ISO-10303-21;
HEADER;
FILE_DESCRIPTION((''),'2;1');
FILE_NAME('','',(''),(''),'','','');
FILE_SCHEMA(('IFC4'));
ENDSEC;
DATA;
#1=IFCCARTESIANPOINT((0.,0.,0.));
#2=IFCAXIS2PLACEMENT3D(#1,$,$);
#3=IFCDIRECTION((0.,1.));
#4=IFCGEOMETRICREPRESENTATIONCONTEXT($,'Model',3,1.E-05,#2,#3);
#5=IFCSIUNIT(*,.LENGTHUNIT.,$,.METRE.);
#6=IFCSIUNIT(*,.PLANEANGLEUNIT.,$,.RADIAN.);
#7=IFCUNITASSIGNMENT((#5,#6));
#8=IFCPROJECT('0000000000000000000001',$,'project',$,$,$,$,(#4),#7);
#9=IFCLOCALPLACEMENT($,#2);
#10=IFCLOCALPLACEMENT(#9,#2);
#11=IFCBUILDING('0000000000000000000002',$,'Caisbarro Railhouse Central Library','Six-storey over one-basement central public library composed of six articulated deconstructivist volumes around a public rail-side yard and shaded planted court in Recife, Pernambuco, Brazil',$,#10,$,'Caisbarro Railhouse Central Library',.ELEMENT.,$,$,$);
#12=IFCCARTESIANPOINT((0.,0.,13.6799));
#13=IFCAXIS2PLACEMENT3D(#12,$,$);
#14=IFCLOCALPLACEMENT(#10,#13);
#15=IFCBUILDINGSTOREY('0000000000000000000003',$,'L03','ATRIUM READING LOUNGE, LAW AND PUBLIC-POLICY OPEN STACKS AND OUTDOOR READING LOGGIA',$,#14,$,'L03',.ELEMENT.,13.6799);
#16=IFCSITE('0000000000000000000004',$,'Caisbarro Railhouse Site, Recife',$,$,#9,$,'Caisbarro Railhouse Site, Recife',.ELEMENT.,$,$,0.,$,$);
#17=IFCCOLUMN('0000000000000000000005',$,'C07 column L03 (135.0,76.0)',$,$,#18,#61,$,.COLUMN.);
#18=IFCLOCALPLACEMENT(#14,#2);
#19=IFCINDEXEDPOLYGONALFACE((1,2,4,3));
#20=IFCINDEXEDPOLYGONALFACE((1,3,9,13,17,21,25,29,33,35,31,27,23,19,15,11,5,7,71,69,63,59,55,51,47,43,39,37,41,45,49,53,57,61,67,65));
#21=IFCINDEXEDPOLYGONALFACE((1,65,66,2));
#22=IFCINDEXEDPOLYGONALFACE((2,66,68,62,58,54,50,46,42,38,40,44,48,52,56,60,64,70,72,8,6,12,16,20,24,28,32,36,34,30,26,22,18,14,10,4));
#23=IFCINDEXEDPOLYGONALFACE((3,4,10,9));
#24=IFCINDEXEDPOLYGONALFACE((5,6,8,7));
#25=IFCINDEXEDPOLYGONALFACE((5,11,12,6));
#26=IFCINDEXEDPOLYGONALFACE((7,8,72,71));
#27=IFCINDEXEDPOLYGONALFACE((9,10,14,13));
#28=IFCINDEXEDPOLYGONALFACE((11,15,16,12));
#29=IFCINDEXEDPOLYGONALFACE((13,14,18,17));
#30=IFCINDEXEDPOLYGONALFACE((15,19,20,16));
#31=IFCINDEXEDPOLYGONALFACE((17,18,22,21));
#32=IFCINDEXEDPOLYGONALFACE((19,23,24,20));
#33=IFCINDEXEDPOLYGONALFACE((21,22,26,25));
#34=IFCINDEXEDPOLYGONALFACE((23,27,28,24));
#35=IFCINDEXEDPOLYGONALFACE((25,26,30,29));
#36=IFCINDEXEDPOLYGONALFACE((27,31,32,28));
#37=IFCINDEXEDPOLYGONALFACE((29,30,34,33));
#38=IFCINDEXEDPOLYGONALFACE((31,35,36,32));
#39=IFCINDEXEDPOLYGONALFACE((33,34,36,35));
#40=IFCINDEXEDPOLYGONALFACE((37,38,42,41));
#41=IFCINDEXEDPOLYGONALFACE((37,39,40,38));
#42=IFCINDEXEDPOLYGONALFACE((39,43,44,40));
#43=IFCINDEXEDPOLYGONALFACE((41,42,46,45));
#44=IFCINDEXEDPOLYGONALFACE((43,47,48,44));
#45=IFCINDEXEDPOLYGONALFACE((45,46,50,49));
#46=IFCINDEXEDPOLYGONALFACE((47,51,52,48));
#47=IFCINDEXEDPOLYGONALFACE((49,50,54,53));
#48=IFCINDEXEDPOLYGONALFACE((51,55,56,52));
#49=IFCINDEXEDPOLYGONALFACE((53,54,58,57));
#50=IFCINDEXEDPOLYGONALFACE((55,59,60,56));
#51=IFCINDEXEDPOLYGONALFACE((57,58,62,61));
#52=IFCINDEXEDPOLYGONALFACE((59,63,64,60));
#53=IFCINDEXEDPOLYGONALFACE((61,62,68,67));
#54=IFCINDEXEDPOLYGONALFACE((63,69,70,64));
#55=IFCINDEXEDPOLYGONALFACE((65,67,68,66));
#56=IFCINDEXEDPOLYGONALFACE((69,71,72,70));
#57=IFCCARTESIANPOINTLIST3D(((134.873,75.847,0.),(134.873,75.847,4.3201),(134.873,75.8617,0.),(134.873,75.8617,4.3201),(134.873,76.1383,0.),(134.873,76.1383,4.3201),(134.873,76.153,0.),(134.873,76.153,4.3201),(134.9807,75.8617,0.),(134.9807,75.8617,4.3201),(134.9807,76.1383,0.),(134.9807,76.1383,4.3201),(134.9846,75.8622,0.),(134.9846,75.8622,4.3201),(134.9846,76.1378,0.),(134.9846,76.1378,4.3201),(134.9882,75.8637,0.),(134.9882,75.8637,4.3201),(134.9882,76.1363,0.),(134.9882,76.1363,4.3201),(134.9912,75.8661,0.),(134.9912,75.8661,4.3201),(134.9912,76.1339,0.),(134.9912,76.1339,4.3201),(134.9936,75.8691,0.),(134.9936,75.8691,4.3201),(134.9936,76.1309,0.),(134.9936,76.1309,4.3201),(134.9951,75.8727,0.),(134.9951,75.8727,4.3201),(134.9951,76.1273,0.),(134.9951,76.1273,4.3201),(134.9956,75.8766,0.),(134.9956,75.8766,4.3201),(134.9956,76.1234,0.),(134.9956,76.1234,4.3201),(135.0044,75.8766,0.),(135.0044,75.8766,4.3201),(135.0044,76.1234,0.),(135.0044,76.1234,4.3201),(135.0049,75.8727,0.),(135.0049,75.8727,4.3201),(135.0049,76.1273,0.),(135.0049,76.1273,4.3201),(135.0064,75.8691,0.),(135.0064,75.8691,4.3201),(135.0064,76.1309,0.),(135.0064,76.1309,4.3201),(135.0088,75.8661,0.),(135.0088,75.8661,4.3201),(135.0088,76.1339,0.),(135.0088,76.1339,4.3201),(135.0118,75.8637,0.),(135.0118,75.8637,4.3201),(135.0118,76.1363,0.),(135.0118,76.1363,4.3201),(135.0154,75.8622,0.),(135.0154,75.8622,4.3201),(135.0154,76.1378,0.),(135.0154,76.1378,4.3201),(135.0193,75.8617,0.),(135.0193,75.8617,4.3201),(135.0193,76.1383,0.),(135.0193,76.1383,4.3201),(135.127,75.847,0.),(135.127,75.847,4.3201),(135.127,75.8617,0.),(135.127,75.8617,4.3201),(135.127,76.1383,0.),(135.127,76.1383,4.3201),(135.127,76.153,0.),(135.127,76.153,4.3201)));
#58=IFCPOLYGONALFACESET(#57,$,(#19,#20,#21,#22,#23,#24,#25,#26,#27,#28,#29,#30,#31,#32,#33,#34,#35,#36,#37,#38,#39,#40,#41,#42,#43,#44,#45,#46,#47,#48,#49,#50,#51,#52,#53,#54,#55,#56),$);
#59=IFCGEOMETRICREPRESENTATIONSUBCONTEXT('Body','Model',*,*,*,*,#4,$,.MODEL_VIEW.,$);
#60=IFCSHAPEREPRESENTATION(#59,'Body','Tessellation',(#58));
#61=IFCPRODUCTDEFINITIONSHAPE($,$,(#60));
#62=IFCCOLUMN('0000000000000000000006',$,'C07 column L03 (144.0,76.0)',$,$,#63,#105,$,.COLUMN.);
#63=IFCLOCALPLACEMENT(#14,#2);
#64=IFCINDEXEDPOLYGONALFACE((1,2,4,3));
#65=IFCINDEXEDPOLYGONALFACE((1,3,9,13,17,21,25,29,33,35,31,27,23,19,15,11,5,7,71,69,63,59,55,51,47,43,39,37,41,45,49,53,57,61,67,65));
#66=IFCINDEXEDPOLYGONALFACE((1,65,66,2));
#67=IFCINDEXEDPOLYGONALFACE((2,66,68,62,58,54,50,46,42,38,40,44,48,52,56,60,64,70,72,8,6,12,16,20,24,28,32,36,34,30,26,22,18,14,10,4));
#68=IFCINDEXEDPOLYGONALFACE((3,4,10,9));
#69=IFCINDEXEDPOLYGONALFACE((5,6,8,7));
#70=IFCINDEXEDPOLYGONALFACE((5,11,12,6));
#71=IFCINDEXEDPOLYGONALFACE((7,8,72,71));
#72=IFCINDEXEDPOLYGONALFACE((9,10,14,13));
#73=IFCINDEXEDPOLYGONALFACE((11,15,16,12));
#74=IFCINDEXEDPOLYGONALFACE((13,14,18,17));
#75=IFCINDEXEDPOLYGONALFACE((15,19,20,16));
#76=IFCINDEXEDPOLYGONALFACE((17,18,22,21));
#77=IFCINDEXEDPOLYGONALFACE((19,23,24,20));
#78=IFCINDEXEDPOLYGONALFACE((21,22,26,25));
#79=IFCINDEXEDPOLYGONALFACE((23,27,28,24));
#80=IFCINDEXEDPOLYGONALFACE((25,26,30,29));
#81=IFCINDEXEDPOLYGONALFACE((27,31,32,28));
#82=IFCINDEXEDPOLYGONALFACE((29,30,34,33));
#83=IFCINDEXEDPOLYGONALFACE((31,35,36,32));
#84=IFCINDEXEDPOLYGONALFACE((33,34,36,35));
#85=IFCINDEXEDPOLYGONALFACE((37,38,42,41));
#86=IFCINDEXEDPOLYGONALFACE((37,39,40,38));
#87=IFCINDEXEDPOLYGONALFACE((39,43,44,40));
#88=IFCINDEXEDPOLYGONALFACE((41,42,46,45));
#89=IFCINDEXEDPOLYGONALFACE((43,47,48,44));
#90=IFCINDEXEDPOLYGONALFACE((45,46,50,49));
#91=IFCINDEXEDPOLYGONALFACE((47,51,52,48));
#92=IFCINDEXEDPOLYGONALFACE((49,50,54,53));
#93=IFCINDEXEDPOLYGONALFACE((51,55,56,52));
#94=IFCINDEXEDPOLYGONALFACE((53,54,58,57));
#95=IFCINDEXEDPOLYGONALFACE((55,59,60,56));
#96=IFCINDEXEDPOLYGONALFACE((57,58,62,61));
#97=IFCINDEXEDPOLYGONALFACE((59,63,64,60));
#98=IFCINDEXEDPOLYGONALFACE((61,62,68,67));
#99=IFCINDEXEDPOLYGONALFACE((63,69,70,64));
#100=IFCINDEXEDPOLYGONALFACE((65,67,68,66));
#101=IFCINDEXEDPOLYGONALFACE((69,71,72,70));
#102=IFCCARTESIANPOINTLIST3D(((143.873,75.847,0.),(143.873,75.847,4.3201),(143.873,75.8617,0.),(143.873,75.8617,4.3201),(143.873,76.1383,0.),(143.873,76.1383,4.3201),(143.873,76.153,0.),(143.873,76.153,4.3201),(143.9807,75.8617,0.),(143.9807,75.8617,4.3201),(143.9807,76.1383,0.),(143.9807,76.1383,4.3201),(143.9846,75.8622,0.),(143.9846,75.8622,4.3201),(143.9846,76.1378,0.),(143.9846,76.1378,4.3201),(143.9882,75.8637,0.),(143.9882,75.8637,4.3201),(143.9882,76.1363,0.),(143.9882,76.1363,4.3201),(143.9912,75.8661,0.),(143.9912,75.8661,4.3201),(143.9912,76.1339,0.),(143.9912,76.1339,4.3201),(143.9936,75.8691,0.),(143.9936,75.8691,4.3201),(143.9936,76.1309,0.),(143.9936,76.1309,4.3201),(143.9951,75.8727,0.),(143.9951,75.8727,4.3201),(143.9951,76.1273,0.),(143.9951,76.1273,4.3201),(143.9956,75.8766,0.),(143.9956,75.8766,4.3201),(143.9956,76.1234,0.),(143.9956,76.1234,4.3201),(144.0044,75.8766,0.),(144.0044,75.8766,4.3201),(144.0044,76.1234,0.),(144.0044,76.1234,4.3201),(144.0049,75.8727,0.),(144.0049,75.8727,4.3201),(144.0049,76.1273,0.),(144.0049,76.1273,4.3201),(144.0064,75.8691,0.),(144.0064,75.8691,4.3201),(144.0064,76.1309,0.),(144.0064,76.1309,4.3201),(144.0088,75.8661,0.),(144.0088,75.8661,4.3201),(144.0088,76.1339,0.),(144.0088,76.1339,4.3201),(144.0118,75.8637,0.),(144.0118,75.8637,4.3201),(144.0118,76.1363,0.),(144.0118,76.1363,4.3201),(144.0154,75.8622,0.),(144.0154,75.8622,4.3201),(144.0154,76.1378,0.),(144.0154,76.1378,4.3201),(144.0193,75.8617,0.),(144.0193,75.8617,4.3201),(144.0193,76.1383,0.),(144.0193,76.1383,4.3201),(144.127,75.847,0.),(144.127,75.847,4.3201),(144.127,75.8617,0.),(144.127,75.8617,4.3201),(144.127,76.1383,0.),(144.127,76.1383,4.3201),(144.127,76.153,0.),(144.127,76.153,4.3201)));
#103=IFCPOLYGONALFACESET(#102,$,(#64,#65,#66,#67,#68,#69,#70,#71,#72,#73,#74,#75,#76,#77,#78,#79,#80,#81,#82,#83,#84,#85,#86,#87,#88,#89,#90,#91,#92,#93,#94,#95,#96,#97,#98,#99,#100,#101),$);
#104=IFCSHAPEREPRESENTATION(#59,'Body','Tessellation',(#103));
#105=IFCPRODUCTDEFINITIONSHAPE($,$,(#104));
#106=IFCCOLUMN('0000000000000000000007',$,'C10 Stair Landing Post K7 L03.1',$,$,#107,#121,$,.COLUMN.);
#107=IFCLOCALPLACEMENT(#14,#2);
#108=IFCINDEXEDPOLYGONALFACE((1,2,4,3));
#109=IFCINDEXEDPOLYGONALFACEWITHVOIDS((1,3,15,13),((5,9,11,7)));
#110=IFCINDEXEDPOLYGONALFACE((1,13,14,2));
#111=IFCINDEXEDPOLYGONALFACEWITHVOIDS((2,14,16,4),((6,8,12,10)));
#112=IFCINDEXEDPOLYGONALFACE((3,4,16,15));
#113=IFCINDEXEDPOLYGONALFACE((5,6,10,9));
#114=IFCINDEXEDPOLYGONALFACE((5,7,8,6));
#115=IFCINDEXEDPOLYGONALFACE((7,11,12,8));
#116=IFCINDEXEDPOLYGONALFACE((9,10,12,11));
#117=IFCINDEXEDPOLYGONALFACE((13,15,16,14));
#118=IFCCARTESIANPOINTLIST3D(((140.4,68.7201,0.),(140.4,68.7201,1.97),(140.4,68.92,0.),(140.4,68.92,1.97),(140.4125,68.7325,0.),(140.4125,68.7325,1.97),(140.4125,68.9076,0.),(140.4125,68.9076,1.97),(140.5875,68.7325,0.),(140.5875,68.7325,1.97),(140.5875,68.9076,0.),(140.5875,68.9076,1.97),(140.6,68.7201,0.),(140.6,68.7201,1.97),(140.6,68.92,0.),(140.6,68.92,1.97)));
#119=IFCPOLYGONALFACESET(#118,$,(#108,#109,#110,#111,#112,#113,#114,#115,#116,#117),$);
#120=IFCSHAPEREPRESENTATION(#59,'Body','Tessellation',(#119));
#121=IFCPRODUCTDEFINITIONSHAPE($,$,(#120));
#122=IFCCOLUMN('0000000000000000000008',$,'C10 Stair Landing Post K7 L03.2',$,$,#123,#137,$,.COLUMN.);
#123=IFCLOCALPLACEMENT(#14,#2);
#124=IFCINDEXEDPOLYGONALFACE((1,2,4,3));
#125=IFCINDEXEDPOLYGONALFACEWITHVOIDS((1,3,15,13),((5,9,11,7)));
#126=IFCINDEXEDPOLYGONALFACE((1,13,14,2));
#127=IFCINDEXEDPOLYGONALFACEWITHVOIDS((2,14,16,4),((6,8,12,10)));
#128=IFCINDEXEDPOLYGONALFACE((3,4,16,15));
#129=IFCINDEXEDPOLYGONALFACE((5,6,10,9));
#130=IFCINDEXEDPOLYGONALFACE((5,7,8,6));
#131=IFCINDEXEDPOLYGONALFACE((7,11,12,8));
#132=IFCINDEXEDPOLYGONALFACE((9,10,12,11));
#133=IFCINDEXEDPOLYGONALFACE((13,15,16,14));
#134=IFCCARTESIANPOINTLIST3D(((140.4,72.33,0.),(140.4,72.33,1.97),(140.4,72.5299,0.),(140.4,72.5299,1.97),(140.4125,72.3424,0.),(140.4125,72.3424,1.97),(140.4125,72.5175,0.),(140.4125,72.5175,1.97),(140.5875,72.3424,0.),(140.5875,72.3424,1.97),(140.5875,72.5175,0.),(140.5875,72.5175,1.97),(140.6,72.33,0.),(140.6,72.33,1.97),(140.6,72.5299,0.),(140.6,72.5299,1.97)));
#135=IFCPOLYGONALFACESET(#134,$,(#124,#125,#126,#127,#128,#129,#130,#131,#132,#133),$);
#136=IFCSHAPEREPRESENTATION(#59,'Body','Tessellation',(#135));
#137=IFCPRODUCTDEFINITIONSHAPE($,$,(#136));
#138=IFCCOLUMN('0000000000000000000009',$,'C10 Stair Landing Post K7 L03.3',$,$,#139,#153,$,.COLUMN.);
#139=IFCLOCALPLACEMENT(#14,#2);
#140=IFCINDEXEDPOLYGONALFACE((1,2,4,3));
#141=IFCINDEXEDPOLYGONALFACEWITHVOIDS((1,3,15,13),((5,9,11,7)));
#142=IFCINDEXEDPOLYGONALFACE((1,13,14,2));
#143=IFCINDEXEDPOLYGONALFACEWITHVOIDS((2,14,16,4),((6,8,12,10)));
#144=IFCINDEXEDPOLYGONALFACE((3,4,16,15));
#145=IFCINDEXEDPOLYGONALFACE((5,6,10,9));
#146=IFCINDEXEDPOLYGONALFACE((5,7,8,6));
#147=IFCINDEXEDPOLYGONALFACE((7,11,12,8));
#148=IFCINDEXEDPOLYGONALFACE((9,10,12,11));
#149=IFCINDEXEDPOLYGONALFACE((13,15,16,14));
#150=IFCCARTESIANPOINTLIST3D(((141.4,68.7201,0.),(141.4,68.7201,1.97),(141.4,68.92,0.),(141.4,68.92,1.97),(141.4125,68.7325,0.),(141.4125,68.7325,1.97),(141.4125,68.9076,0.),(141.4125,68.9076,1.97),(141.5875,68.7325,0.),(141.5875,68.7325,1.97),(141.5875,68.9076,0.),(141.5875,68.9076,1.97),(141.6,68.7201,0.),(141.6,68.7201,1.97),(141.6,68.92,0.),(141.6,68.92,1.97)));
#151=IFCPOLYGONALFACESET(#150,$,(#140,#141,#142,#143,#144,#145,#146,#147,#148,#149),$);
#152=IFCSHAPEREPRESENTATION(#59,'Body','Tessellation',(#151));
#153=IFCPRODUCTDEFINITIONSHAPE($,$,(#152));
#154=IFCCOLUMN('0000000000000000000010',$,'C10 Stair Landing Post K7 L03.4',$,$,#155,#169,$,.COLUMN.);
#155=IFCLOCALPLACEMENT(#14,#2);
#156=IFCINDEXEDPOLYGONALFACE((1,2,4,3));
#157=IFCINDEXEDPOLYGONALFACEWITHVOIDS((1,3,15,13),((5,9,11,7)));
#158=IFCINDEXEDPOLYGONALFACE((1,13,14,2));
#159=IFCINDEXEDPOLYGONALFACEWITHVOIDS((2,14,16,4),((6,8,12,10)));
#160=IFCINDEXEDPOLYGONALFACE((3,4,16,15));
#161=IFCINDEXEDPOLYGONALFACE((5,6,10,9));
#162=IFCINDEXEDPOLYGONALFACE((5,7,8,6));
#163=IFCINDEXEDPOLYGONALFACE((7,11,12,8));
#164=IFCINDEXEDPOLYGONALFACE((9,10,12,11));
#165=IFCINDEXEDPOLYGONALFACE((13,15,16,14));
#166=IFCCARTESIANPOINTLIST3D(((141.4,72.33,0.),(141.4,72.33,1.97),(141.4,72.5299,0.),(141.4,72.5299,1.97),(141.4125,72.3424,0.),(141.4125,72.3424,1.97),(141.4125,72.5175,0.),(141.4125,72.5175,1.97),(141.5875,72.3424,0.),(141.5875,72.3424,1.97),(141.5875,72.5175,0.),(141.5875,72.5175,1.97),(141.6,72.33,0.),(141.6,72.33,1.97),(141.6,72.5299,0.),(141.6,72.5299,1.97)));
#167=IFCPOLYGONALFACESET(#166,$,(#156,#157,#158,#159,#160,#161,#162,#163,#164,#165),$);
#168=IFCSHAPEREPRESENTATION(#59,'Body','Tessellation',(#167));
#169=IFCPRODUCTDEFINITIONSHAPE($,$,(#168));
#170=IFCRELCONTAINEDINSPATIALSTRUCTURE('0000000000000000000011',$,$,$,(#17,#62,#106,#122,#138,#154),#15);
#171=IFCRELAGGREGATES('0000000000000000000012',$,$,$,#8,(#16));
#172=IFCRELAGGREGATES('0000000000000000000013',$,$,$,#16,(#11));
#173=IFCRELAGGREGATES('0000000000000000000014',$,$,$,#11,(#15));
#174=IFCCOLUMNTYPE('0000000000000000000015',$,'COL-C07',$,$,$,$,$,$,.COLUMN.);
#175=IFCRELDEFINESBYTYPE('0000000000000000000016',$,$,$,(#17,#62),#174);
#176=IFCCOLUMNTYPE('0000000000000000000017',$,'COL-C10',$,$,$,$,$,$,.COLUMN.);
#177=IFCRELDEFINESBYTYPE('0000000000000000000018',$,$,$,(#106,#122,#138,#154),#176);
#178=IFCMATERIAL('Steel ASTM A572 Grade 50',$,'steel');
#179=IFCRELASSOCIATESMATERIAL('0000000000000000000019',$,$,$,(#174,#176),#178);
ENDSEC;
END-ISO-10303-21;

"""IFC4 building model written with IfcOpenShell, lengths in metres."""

from ifc_helpers import new_model, si_unit, direction, frame, origin, origin_2d, place, context, subcontext, project, spatial, hollow_rectangle, i_section, extrude, material, material_profile, profile_set, type_object, element, save


model = new_model("IFC4")

# Units and contexts
model_context = context("Model", 3, precision=1e-05, world=origin(), true_north=direction((0.0, 1.0)))
body_context = subcontext(model_context, "Body", "Model", "MODEL_VIEW")
ifc_project = project(units=[si_unit("LENGTHUNIT", "METRE"), si_unit("PLANEANGLEUNIT", "RADIAN")], contexts=[model_context])

# Site, building, storey
site_placement = place(None, origin())
site = spatial("IfcSite", under=ifc_project, at=site_placement, Name="Caisbarro Railhouse Site, Recife", LongName="Caisbarro Railhouse Site, Recife", CompositionType="ELEMENT", RefElevation=0.0)
building_placement = place(site_placement, origin())
building = spatial("IfcBuilding", under=site, at=building_placement, Name="Caisbarro Railhouse Central Library", Description="Six-storey over one-basement central public library composed of six articulated deconstructivist volumes around a public rail-side yard and shaded planted court in Recife, Pernambuco, Brazil", LongName="Caisbarro Railhouse Central Library", CompositionType="ELEMENT")
storey_placement = place(building_placement, frame((0.0, 0.0, 13.6799)))
storey = spatial("IfcBuildingStorey", under=building, at=storey_placement, Name="L03", Description="ATRIUM READING LOUNGE, LAW AND PUBLIC-POLICY OPEN STACKS AND OUTDOOR READING LOGGIA", LongName="L03", CompositionType="ELEMENT", Elevation=13.6799)

# Columns
ifc_material_1 = material(Name="Steel ASTM A572 Grade 50", Category="steel")
ifc_material_profile_1 = material_profile(ifc_material_1, i_section(OverallWidth=0.2539, OverallDepth=0.3059, WebThickness=0.0088, FlangeThickness=0.0146, FilletRadius=0.0149, at=origin_2d()), Name="W310X79.0")
ifc_profile_set_1 = profile_set([ifc_material_profile_1], Name="Steel ASTM A572 Grade 50")
column_type_1 = type_object("IfcColumnType", Name="COL-C07", PredefinedType="COLUMN", material=ifc_profile_set_1)
for number, where, z_axis, x_axis, name in (
    (1, (135.0, 76.0, 0.0), (0.0, 0.0, 1.0), (1.0, 0.0, 0.0), "C07 column L03 (135.0,76.0)"),
    (2, (144.0, 76.0, 0.0), (0.0, 0.0, 1.0), (1.0, 0.0, 0.0), "C07 column L03 (144.0,76.0)"),
):
    element("IfcColumn", number, at=place(storey_placement, frame(where, z_axis=z_axis, x_axis=x_axis)), inside=storey, type_object=column_type_1, Name=name, PredefinedType="COLUMN", context=body_context, shape_type="SweptSolid", body=[
        extrude(i_section(OverallWidth=0.2539, OverallDepth=0.3059, WebThickness=0.0088, FlangeThickness=0.0146, FilletRadius=0.0149, at=origin_2d()), origin(), (0.0, 0.0, 1.0), 4.3201),
    ])
ifc_material_profile_2 = material_profile(ifc_material_1, hollow_rectangle(XDim=0.2, YDim=0.2, WallThickness=0.0125, at=origin_2d()), Name="HSS200X200X12.5")
ifc_profile_set_2 = profile_set([ifc_material_profile_2], Name="Steel ASTM A572 Grade 50")
column_type_2 = type_object("IfcColumnType", Name="COL-C10", PredefinedType="COLUMN", material=ifc_profile_set_2)
for number, where, z_axis, x_axis, name in (
    (3, (140.5, 68.8201, 0.0), (0.0, 0.0, 1.0), (1.0, 0.0, 0.0), "C10 Stair Landing Post K7 L03.1"),
    (4, (140.5, 72.4299, 0.0), (0.0, 0.0, 1.0), (1.0, 0.0, 0.0), "C10 Stair Landing Post K7 L03.2"),
    (5, (141.5, 68.8201, 0.0), (0.0, 0.0, 1.0), (1.0, 0.0, 0.0), "C10 Stair Landing Post K7 L03.3"),
    (6, (141.5, 72.4299, 0.0), (0.0, 0.0, 1.0), (1.0, 0.0, 0.0), "C10 Stair Landing Post K7 L03.4"),
):
    element("IfcColumn", number, at=place(storey_placement, frame(where, z_axis=z_axis, x_axis=x_axis)), inside=storey, type_object=column_type_2, Name=name, PredefinedType="COLUMN", context=body_context, shape_type="SweptSolid", body=[
        extrude(hollow_rectangle(XDim=0.2, YDim=0.2, WallThickness=0.0125, at=origin_2d()), origin(), (0.0, 0.0, 1.0), 1.97),
    ])

save(model, "model.ifc")
